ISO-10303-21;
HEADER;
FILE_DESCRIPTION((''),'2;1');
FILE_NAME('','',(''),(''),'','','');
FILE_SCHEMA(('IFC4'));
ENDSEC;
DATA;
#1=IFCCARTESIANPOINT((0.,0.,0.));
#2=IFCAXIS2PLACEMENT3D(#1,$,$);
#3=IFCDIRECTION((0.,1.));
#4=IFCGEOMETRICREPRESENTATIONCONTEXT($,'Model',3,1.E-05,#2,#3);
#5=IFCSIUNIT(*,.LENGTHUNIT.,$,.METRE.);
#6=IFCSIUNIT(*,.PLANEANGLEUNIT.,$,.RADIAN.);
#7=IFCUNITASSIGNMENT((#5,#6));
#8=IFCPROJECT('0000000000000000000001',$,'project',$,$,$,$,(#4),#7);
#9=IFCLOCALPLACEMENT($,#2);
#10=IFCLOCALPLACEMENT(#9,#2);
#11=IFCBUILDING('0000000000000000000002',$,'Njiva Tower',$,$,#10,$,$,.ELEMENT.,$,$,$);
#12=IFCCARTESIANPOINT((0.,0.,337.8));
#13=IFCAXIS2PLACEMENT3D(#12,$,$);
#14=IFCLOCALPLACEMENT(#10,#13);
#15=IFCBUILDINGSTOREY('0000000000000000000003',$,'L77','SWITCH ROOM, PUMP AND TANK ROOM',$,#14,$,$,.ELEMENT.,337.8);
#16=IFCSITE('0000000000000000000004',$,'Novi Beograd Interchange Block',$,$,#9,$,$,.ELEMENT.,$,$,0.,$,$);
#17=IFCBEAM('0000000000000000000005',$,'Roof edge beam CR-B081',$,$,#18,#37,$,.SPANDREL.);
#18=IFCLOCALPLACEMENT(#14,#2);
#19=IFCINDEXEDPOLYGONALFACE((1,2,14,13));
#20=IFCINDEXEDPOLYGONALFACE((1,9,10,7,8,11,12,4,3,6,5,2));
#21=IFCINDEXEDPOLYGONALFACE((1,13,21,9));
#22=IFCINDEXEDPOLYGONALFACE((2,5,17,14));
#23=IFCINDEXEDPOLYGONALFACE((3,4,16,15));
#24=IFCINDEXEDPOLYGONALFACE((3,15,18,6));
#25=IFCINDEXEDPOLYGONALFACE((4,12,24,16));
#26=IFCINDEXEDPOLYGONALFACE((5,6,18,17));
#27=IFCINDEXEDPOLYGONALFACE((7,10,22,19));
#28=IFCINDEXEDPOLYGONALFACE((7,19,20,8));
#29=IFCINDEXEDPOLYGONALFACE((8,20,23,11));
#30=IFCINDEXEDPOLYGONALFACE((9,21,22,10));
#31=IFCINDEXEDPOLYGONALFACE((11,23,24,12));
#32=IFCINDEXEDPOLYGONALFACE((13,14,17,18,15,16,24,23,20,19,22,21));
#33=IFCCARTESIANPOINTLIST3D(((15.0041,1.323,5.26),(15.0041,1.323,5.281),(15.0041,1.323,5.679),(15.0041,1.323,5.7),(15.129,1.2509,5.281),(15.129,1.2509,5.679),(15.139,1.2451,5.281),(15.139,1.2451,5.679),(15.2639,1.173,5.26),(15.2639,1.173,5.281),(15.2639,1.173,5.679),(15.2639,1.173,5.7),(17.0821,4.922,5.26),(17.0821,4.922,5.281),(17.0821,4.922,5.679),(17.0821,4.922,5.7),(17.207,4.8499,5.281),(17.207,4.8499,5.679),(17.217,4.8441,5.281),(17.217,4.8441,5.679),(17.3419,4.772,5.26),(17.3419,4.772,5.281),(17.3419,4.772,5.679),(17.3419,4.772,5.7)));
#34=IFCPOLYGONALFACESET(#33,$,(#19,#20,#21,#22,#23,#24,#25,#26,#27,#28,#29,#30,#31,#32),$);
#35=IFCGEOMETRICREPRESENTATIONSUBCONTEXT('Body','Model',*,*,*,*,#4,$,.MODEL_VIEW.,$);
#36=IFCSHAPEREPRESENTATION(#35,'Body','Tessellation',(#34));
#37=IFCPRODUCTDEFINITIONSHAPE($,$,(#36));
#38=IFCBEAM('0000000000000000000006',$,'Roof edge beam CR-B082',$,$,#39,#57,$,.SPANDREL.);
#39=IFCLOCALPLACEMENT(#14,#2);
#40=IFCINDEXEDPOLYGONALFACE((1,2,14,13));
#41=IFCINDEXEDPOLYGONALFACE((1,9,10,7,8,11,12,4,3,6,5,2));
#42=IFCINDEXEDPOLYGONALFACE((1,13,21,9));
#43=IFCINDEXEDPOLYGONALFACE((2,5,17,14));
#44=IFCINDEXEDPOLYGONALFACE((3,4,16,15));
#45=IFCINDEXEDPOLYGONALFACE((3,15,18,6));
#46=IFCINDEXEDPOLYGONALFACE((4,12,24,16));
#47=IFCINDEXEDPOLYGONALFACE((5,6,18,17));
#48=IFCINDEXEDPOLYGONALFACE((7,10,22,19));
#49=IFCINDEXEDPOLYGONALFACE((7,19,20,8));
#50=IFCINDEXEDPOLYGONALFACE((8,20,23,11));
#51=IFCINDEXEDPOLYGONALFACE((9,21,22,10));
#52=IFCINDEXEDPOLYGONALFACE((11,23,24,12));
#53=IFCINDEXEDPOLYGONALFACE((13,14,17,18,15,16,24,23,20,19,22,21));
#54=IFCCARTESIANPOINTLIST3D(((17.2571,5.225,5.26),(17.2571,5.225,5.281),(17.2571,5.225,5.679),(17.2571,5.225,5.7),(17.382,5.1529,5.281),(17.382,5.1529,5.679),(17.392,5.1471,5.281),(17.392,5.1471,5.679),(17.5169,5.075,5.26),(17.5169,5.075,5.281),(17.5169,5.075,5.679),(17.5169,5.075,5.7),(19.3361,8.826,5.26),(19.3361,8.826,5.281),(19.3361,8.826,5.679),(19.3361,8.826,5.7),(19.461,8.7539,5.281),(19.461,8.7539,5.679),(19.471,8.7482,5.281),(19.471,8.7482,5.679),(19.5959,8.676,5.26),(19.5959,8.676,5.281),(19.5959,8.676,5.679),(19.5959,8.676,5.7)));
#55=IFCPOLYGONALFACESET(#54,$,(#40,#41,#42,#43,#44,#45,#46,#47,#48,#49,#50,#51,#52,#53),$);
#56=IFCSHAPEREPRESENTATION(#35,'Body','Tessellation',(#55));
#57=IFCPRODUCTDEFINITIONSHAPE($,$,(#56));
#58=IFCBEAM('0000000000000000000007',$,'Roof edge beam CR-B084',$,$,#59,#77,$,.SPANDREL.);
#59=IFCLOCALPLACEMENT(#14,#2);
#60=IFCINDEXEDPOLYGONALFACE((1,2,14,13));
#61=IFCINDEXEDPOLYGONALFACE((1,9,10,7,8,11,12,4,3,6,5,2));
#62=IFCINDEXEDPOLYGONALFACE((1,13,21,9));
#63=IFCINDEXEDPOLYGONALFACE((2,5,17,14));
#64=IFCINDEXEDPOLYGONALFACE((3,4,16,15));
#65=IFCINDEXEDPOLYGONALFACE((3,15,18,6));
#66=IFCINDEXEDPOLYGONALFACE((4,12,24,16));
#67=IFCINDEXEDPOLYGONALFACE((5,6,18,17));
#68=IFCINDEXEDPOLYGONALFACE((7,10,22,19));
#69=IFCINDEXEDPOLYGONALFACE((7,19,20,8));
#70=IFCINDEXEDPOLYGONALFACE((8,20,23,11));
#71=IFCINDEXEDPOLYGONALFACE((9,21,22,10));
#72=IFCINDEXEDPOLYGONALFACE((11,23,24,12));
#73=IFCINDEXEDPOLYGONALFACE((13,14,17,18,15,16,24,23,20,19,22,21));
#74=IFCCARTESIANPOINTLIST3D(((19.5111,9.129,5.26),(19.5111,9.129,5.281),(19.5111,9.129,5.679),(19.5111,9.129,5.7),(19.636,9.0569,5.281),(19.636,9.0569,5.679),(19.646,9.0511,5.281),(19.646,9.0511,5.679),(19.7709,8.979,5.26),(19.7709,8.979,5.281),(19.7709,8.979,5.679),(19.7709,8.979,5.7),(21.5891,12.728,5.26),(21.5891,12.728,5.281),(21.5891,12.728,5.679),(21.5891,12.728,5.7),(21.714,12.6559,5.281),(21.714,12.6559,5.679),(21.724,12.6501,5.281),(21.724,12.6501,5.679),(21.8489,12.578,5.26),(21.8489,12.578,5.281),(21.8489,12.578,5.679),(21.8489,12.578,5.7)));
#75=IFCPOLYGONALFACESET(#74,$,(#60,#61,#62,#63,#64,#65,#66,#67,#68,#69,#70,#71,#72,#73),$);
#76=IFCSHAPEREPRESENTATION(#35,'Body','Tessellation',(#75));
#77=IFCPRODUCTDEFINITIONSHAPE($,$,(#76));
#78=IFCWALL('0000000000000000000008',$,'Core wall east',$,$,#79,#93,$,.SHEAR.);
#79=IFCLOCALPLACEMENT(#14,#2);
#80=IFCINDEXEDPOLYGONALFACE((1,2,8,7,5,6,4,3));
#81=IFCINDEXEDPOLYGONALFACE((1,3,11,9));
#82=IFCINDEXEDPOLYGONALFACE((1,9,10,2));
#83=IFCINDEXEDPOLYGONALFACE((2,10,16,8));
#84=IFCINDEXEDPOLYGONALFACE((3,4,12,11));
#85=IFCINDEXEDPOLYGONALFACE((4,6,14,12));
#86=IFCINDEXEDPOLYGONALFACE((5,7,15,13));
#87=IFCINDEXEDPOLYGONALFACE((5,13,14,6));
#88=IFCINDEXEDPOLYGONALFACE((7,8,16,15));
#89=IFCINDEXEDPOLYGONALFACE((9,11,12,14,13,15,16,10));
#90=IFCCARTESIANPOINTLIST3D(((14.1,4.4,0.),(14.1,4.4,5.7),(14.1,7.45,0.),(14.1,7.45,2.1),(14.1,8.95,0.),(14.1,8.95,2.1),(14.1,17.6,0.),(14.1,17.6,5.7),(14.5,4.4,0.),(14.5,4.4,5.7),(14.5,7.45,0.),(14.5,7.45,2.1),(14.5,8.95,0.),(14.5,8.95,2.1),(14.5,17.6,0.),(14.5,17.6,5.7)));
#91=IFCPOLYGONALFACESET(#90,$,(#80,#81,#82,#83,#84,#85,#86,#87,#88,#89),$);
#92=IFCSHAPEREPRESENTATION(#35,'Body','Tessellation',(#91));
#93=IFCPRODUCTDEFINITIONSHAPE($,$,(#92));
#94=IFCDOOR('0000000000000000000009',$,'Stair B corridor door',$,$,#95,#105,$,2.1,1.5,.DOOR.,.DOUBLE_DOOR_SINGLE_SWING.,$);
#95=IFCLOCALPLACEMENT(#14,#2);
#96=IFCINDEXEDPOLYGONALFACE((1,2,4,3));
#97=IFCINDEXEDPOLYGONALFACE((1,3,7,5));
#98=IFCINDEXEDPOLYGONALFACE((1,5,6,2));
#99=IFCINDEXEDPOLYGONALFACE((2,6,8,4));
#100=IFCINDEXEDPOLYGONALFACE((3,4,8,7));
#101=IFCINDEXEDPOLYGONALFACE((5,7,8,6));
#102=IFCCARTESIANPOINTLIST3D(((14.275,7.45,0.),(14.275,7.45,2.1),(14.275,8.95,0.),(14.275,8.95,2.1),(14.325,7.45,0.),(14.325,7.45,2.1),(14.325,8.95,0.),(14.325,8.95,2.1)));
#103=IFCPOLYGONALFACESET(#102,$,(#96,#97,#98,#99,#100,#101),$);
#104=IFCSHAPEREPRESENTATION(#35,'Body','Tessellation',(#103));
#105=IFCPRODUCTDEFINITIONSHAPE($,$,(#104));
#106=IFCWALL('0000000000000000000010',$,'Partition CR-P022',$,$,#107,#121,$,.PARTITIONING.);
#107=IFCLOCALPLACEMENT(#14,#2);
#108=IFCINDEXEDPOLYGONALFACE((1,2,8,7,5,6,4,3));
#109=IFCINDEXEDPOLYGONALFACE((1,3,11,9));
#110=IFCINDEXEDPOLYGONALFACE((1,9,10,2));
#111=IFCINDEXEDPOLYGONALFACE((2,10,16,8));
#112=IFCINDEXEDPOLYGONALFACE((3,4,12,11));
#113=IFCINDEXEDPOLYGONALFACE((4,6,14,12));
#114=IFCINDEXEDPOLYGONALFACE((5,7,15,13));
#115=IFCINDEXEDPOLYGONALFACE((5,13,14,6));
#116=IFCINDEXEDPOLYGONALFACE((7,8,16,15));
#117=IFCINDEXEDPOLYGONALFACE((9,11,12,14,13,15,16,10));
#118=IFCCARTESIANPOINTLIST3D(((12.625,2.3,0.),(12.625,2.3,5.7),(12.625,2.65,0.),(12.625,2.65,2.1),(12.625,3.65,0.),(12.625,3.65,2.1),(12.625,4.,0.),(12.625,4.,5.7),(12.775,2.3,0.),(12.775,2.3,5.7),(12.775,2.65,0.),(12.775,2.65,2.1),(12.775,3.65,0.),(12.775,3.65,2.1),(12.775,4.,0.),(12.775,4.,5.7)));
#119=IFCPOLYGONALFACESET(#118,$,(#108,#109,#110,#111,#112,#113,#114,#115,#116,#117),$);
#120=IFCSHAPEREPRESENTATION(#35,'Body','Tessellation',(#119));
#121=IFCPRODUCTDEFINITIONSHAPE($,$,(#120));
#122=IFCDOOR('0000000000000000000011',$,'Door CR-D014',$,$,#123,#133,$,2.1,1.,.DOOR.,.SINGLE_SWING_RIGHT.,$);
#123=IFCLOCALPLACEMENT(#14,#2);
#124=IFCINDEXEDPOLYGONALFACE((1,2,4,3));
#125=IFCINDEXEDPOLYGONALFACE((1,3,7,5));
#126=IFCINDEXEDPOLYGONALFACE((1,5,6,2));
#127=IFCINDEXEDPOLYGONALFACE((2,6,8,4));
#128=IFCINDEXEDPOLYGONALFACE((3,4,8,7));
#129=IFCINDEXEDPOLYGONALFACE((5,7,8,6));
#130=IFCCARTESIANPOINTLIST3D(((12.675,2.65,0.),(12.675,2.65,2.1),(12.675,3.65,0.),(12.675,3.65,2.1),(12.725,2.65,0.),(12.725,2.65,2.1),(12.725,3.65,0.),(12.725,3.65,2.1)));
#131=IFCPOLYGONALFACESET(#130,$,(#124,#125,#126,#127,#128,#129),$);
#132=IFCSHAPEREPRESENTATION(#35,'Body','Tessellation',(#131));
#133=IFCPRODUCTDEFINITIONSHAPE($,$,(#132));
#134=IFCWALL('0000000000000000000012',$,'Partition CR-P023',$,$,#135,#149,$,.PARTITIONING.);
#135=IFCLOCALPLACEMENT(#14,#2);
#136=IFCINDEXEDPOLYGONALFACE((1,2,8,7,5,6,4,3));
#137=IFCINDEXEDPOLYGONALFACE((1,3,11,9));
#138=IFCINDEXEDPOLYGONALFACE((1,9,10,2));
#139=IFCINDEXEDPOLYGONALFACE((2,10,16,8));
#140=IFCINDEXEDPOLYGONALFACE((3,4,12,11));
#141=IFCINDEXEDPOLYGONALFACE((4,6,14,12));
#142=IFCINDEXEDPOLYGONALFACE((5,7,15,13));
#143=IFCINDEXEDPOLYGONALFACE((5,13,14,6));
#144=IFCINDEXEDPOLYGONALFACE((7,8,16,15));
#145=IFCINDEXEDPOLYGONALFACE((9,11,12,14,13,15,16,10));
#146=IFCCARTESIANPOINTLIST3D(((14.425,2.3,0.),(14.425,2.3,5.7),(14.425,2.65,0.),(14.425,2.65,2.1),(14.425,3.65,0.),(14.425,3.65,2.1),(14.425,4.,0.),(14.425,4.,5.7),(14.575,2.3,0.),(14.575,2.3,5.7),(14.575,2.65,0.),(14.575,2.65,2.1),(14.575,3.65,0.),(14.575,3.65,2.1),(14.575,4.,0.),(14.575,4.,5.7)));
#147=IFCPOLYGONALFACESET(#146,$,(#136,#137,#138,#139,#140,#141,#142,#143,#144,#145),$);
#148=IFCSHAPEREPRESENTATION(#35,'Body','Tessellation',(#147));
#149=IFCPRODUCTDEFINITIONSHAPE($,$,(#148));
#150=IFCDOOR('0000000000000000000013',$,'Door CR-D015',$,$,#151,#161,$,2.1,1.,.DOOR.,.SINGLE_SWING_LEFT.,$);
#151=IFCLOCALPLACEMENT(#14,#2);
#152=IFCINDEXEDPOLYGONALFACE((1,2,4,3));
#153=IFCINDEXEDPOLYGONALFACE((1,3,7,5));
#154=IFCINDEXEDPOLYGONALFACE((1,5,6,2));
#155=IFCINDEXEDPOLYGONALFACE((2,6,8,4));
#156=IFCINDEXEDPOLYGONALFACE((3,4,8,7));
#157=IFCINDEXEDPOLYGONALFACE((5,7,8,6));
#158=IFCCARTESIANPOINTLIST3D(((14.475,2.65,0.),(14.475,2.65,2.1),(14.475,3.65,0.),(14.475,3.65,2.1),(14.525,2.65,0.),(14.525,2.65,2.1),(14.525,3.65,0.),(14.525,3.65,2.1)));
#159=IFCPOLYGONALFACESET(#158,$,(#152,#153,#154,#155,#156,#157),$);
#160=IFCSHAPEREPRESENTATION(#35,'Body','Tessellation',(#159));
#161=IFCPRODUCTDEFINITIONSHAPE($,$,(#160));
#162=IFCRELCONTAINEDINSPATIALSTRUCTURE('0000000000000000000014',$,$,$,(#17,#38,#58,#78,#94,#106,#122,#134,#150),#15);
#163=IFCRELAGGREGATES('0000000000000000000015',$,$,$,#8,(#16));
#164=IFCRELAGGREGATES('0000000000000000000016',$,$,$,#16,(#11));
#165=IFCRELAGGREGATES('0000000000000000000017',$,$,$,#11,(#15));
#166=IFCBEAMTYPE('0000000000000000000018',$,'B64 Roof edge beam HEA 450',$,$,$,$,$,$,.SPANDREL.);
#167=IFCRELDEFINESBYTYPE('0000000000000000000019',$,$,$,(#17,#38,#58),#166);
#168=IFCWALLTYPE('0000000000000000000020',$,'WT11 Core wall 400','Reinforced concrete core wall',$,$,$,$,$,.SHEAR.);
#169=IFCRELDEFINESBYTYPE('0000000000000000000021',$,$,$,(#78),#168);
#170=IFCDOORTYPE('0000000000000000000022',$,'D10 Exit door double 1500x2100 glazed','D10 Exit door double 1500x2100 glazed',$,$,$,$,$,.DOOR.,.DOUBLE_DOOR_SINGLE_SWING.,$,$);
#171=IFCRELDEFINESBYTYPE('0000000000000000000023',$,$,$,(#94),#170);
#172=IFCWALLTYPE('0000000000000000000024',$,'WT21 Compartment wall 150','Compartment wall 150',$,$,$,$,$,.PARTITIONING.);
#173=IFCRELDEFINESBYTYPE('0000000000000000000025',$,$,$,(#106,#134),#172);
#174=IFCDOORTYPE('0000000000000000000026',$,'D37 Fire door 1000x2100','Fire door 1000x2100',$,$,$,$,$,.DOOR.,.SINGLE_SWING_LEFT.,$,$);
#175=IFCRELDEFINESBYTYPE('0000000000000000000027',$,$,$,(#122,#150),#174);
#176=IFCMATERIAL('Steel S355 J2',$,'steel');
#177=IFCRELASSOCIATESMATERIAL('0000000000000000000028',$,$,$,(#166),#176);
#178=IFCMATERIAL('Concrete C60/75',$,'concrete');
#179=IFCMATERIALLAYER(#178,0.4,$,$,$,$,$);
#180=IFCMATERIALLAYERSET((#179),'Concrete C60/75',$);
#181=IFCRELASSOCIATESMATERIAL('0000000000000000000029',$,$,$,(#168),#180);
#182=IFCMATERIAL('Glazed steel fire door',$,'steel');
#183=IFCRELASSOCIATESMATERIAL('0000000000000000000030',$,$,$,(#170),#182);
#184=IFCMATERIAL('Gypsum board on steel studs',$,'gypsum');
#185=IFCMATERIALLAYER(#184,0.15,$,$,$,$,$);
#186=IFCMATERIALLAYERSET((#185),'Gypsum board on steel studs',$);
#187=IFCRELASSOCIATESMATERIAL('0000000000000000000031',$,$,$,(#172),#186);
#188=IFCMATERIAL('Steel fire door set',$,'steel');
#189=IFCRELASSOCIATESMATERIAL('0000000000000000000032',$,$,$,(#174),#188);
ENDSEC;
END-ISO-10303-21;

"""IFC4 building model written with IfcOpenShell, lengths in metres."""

from ifc_helpers import new_model, si_unit, direction, frame, frame_2d, origin, origin_2d, place, context, subcontext, project, spatial, rectangle, i_section, extrude, material, layer, layer_set, material_profile, profile_set, type_object, element, fill, save


model = new_model("IFC4")

# Units and contexts
model_context = context("Model", 3, precision=1e-05, world=origin(), true_north=direction((0.0, 1.0)))
body_context = subcontext(model_context, "Body", "Model", "MODEL_VIEW")
ifc_project = project(units=[si_unit("LENGTHUNIT", "METRE"), si_unit("PLANEANGLEUNIT", "RADIAN")], contexts=[model_context])

# Site, building, storey
site_placement = place(None, origin())
site = spatial("IfcSite", under=ifc_project, at=site_placement, Name="Novi Beograd Interchange Block", CompositionType="ELEMENT", RefElevation=0.0)
building_placement = place(site_placement, origin())
building = spatial("IfcBuilding", under=site, at=building_placement, Name="Njiva Tower", CompositionType="ELEMENT")
storey_placement = place(building_placement, frame((0.0, 0.0, 337.8)))
storey = spatial("IfcBuildingStorey", under=building, at=storey_placement, Name="L77", Description="SWITCH ROOM, PUMP AND TANK ROOM", CompositionType="ELEMENT", Elevation=337.8)

# Shared definitions
ifc_material_1 = material(Name="Steel S355 J2", Category="steel")

# Beams
ifc_material_profile_1 = material_profile(ifc_material_1, i_section(OverallWidth=0.3, OverallDepth=0.44, WebThickness=0.0115, FlangeThickness=0.021, at=origin_2d()), Name="HEA 450")
ifc_profile_set_1 = profile_set([ifc_material_profile_1], Name="Steel S355 J2")
beam_type_1 = type_object("IfcBeamType", Name="B64 Roof edge beam HEA 450", PredefinedType="SPANDREL", material=ifc_profile_set_1)
beam_1_placement = place(storey_placement, frame((15.134, 1.248, 5.48), z_axis=(0.500021, 0.866013, 0.0), x_axis=(-0.866013, 0.500021, 0.0)))
element("IfcBeam", 1, at=beam_1_placement, inside=storey, type_object=beam_type_1, Name="Roof edge beam CR-B081", PredefinedType="SPANDREL", context=body_context, shape_type="SweptSolid", body=[
    extrude(i_section(OverallWidth=0.3, OverallDepth=0.44, WebThickness=0.0115, FlangeThickness=0.021, at=origin_2d()), origin(), (0.0, 0.0, 1.0), 4.1558),
])
beam_2_placement = place(storey_placement, frame((17.387, 5.15, 5.48), z_axis=(0.499993, 0.866029, 0.0), x_axis=(-0.866029, 0.499993, 0.0)))
element("IfcBeam", 2, at=beam_2_placement, inside=storey, type_object=beam_type_1, Name="Roof edge beam CR-B082", PredefinedType="SPANDREL", context=body_context, shape_type="SweptSolid", body=[
    extrude(i_section(OverallWidth=0.3, OverallDepth=0.44, WebThickness=0.0115, FlangeThickness=0.021, at=origin_2d()), origin(), (0.0, 0.0, 1.0), 4.1581),
])
beam_3_placement = place(storey_placement, frame((19.641, 9.054, 5.48), z_axis=(0.500021, 0.866013, 0.0), x_axis=(-0.866013, 0.500021, 0.0)))
element("IfcBeam", 3, at=beam_3_placement, inside=storey, type_object=beam_type_1, Name="Roof edge beam CR-B084", PredefinedType="SPANDREL", context=body_context, shape_type="SweptSolid", body=[
    extrude(i_section(OverallWidth=0.3, OverallDepth=0.44, WebThickness=0.0115, FlangeThickness=0.021, at=origin_2d()), origin(), (0.0, 0.0, 1.0), 4.1558),
])

# Walls, openings, doors
ifc_material_2 = material(Name="Concrete C60/75", Category="concrete")
ifc_layer_1 = layer(ifc_material_2, 0.4)
ifc_layer_set_1 = layer_set([ifc_layer_1], Name="Concrete C60/75")
wall_type_1 = type_object("IfcWallType", Name="WT11 Core wall 400", Description="Reinforced concrete core wall", PredefinedType="SHEAR", material=ifc_layer_set_1)
wall_1_placement = place(storey_placement, frame((14.3, 4.4, 0.0), z_axis=(0.0, 0.0, 1.0), x_axis=(0.0, 1.0, 0.0)))
wall_1 = element("IfcWall", 4, at=wall_1_placement, inside=storey, type_object=wall_type_1, Name="Core wall east", PredefinedType="SHEAR", context=body_context, shape_type="SweptSolid", body=[
    extrude(rectangle(XDim=13.2, YDim=0.4, at=frame_2d((6.6, 0.0))), origin(), (0.0, 0.0, 1.0), 5.7),
])
opening_1_placement = place(wall_1_placement, frame((3.05, 0.0, 0.0)))
opening_1 = element("IfcOpeningElement", 5, at=opening_1_placement, cuts=wall_1, PredefinedType="OPENING", context=body_context, shape_type="SweptSolid", body=[
    extrude(rectangle(XDim=1.5, YDim=2.1, at=frame_2d((0.75, 1.05))), frame((0.0, 0.21, 0.0), z_axis=(0.0, -1.0, 0.0), x_axis=(1.0, 0.0, 0.0)), (0.0, 0.0, 1.0), 0.42),
])
ifc_material_3 = material(Name="Glazed steel fire door", Category="steel")
door_type_1 = type_object("IfcDoorType", Name="D10 Exit door double 1500x2100 glazed", Description="D10 Exit door double 1500x2100 glazed", OperationType="DOUBLE_DOOR_SINGLE_SWING", PredefinedType="DOOR", material=ifc_material_3)
door_1_placement = place(opening_1_placement, origin())
door_1 = element("IfcDoor", 6, at=door_1_placement, inside=storey, type_object=door_type_1, Name="Stair B corridor door", OperationType="DOUBLE_DOOR_SINGLE_SWING", OverallHeight=2.1, OverallWidth=1.5, PredefinedType="DOOR", context=body_context, shape_type="SweptSolid", body=[
    extrude(rectangle(XDim=1.5, YDim=2.1, at=frame_2d((0.75, 1.05))), frame((0.0, 0.025, 0.0), z_axis=(0.0, -1.0, 0.0), x_axis=(1.0, 0.0, 0.0)), (0.0, 0.0, 1.0), 0.05),
])
fill(opening_1, door_1)
ifc_material_4 = material(Name="Gypsum board on steel studs", Category="gypsum")
ifc_layer_2 = layer(ifc_material_4, 0.15)
ifc_layer_set_2 = layer_set([ifc_layer_2], Name="Gypsum board on steel studs")
wall_type_2 = type_object("IfcWallType", Name="WT21 Compartment wall 150", Description="Compartment wall 150", PredefinedType="PARTITIONING", material=ifc_layer_set_2)
wall_2_placement = place(storey_placement, frame((12.7, 2.3, 0.0), z_axis=(0.0, 0.0, 1.0), x_axis=(0.0, 1.0, 0.0)))
wall_2 = element("IfcWall", 7, at=wall_2_placement, inside=storey, type_object=wall_type_2, Name="Partition CR-P022", PredefinedType="PARTITIONING", context=body_context, shape_type="SweptSolid", body=[
    extrude(rectangle(XDim=1.7, YDim=0.15, at=frame_2d((0.85, 0.0))), origin(), (0.0, 0.0, 1.0), 5.7),
])
opening_2_placement = place(wall_2_placement, frame((0.35, 0.0, 0.0)))
opening_2 = element("IfcOpeningElement", 8, at=opening_2_placement, cuts=wall_2, PredefinedType="OPENING", context=body_context, shape_type="SweptSolid", body=[
    extrude(rectangle(XDim=1.0, YDim=2.1, at=frame_2d((0.5, 1.05))), frame((0.0, 0.085, 0.0), z_axis=(0.0, -1.0, 0.0), x_axis=(1.0, 0.0, 0.0)), (0.0, 0.0, 1.0), 0.17),
])
ifc_material_5 = material(Name="Steel fire door set", Category="steel")
door_type_2 = type_object("IfcDoorType", Name="D37 Fire door 1000x2100", Description="Fire door 1000x2100", OperationType="SINGLE_SWING_LEFT", PredefinedType="DOOR", material=ifc_material_5)
door_2_placement = place(opening_2_placement, origin())
door_2 = element("IfcDoor", 9, at=door_2_placement, inside=storey, type_object=door_type_2, Name="Door CR-D014", OperationType="SINGLE_SWING_RIGHT", OverallHeight=2.1, OverallWidth=1.0, PredefinedType="DOOR", context=body_context, shape_type="SweptSolid", body=[
    extrude(rectangle(XDim=1.0, YDim=2.1, at=frame_2d((0.5, 1.05))), frame((0.0, 0.025, 0.0), z_axis=(0.0, -1.0, 0.0), x_axis=(1.0, 0.0, 0.0)), (0.0, 0.0, 1.0), 0.05),
])
fill(opening_2, door_2)
wall_3_placement = place(storey_placement, frame((14.5, 2.3, 0.0), z_axis=(0.0, 0.0, 1.0), x_axis=(0.0, 1.0, 0.0)))
wall_3 = element("IfcWall", 10, at=wall_3_placement, inside=storey, type_object=wall_type_2, Name="Partition CR-P023", PredefinedType="PARTITIONING", context=body_context, shape_type="SweptSolid", body=[
    extrude(rectangle(XDim=1.7, YDim=0.15, at=frame_2d((0.85, 0.0))), origin(), (0.0, 0.0, 1.0), 5.7),
])
opening_3_placement = place(wall_3_placement, frame((0.35, 0.0, 0.0)))
opening_3 = element("IfcOpeningElement", 11, at=opening_3_placement, cuts=wall_3, PredefinedType="OPENING", context=body_context, shape_type="SweptSolid", body=[
    extrude(rectangle(XDim=1.0, YDim=2.1, at=frame_2d((0.5, 1.05))), frame((0.0, 0.085, 0.0), z_axis=(0.0, -1.0, 0.0), x_axis=(1.0, 0.0, 0.0)), (0.0, 0.0, 1.0), 0.17),
])
door_3_placement = place(opening_3_placement, origin())
door_3 = element("IfcDoor", 12, at=door_3_placement, inside=storey, type_object=door_type_2, Name="Door CR-D015", OperationType="SINGLE_SWING_LEFT", OverallHeight=2.1, OverallWidth=1.0, PredefinedType="DOOR", context=body_context, shape_type="SweptSolid", body=[
    extrude(rectangle(XDim=1.0, YDim=2.1, at=frame_2d((0.5, 1.05))), frame((0.0, 0.025, 0.0), z_axis=(0.0, -1.0, 0.0), x_axis=(1.0, 0.0, 0.0)), (0.0, 0.0, 1.0), 0.05),
])
fill(opening_3, door_3)

save(model, "model.ifc")
